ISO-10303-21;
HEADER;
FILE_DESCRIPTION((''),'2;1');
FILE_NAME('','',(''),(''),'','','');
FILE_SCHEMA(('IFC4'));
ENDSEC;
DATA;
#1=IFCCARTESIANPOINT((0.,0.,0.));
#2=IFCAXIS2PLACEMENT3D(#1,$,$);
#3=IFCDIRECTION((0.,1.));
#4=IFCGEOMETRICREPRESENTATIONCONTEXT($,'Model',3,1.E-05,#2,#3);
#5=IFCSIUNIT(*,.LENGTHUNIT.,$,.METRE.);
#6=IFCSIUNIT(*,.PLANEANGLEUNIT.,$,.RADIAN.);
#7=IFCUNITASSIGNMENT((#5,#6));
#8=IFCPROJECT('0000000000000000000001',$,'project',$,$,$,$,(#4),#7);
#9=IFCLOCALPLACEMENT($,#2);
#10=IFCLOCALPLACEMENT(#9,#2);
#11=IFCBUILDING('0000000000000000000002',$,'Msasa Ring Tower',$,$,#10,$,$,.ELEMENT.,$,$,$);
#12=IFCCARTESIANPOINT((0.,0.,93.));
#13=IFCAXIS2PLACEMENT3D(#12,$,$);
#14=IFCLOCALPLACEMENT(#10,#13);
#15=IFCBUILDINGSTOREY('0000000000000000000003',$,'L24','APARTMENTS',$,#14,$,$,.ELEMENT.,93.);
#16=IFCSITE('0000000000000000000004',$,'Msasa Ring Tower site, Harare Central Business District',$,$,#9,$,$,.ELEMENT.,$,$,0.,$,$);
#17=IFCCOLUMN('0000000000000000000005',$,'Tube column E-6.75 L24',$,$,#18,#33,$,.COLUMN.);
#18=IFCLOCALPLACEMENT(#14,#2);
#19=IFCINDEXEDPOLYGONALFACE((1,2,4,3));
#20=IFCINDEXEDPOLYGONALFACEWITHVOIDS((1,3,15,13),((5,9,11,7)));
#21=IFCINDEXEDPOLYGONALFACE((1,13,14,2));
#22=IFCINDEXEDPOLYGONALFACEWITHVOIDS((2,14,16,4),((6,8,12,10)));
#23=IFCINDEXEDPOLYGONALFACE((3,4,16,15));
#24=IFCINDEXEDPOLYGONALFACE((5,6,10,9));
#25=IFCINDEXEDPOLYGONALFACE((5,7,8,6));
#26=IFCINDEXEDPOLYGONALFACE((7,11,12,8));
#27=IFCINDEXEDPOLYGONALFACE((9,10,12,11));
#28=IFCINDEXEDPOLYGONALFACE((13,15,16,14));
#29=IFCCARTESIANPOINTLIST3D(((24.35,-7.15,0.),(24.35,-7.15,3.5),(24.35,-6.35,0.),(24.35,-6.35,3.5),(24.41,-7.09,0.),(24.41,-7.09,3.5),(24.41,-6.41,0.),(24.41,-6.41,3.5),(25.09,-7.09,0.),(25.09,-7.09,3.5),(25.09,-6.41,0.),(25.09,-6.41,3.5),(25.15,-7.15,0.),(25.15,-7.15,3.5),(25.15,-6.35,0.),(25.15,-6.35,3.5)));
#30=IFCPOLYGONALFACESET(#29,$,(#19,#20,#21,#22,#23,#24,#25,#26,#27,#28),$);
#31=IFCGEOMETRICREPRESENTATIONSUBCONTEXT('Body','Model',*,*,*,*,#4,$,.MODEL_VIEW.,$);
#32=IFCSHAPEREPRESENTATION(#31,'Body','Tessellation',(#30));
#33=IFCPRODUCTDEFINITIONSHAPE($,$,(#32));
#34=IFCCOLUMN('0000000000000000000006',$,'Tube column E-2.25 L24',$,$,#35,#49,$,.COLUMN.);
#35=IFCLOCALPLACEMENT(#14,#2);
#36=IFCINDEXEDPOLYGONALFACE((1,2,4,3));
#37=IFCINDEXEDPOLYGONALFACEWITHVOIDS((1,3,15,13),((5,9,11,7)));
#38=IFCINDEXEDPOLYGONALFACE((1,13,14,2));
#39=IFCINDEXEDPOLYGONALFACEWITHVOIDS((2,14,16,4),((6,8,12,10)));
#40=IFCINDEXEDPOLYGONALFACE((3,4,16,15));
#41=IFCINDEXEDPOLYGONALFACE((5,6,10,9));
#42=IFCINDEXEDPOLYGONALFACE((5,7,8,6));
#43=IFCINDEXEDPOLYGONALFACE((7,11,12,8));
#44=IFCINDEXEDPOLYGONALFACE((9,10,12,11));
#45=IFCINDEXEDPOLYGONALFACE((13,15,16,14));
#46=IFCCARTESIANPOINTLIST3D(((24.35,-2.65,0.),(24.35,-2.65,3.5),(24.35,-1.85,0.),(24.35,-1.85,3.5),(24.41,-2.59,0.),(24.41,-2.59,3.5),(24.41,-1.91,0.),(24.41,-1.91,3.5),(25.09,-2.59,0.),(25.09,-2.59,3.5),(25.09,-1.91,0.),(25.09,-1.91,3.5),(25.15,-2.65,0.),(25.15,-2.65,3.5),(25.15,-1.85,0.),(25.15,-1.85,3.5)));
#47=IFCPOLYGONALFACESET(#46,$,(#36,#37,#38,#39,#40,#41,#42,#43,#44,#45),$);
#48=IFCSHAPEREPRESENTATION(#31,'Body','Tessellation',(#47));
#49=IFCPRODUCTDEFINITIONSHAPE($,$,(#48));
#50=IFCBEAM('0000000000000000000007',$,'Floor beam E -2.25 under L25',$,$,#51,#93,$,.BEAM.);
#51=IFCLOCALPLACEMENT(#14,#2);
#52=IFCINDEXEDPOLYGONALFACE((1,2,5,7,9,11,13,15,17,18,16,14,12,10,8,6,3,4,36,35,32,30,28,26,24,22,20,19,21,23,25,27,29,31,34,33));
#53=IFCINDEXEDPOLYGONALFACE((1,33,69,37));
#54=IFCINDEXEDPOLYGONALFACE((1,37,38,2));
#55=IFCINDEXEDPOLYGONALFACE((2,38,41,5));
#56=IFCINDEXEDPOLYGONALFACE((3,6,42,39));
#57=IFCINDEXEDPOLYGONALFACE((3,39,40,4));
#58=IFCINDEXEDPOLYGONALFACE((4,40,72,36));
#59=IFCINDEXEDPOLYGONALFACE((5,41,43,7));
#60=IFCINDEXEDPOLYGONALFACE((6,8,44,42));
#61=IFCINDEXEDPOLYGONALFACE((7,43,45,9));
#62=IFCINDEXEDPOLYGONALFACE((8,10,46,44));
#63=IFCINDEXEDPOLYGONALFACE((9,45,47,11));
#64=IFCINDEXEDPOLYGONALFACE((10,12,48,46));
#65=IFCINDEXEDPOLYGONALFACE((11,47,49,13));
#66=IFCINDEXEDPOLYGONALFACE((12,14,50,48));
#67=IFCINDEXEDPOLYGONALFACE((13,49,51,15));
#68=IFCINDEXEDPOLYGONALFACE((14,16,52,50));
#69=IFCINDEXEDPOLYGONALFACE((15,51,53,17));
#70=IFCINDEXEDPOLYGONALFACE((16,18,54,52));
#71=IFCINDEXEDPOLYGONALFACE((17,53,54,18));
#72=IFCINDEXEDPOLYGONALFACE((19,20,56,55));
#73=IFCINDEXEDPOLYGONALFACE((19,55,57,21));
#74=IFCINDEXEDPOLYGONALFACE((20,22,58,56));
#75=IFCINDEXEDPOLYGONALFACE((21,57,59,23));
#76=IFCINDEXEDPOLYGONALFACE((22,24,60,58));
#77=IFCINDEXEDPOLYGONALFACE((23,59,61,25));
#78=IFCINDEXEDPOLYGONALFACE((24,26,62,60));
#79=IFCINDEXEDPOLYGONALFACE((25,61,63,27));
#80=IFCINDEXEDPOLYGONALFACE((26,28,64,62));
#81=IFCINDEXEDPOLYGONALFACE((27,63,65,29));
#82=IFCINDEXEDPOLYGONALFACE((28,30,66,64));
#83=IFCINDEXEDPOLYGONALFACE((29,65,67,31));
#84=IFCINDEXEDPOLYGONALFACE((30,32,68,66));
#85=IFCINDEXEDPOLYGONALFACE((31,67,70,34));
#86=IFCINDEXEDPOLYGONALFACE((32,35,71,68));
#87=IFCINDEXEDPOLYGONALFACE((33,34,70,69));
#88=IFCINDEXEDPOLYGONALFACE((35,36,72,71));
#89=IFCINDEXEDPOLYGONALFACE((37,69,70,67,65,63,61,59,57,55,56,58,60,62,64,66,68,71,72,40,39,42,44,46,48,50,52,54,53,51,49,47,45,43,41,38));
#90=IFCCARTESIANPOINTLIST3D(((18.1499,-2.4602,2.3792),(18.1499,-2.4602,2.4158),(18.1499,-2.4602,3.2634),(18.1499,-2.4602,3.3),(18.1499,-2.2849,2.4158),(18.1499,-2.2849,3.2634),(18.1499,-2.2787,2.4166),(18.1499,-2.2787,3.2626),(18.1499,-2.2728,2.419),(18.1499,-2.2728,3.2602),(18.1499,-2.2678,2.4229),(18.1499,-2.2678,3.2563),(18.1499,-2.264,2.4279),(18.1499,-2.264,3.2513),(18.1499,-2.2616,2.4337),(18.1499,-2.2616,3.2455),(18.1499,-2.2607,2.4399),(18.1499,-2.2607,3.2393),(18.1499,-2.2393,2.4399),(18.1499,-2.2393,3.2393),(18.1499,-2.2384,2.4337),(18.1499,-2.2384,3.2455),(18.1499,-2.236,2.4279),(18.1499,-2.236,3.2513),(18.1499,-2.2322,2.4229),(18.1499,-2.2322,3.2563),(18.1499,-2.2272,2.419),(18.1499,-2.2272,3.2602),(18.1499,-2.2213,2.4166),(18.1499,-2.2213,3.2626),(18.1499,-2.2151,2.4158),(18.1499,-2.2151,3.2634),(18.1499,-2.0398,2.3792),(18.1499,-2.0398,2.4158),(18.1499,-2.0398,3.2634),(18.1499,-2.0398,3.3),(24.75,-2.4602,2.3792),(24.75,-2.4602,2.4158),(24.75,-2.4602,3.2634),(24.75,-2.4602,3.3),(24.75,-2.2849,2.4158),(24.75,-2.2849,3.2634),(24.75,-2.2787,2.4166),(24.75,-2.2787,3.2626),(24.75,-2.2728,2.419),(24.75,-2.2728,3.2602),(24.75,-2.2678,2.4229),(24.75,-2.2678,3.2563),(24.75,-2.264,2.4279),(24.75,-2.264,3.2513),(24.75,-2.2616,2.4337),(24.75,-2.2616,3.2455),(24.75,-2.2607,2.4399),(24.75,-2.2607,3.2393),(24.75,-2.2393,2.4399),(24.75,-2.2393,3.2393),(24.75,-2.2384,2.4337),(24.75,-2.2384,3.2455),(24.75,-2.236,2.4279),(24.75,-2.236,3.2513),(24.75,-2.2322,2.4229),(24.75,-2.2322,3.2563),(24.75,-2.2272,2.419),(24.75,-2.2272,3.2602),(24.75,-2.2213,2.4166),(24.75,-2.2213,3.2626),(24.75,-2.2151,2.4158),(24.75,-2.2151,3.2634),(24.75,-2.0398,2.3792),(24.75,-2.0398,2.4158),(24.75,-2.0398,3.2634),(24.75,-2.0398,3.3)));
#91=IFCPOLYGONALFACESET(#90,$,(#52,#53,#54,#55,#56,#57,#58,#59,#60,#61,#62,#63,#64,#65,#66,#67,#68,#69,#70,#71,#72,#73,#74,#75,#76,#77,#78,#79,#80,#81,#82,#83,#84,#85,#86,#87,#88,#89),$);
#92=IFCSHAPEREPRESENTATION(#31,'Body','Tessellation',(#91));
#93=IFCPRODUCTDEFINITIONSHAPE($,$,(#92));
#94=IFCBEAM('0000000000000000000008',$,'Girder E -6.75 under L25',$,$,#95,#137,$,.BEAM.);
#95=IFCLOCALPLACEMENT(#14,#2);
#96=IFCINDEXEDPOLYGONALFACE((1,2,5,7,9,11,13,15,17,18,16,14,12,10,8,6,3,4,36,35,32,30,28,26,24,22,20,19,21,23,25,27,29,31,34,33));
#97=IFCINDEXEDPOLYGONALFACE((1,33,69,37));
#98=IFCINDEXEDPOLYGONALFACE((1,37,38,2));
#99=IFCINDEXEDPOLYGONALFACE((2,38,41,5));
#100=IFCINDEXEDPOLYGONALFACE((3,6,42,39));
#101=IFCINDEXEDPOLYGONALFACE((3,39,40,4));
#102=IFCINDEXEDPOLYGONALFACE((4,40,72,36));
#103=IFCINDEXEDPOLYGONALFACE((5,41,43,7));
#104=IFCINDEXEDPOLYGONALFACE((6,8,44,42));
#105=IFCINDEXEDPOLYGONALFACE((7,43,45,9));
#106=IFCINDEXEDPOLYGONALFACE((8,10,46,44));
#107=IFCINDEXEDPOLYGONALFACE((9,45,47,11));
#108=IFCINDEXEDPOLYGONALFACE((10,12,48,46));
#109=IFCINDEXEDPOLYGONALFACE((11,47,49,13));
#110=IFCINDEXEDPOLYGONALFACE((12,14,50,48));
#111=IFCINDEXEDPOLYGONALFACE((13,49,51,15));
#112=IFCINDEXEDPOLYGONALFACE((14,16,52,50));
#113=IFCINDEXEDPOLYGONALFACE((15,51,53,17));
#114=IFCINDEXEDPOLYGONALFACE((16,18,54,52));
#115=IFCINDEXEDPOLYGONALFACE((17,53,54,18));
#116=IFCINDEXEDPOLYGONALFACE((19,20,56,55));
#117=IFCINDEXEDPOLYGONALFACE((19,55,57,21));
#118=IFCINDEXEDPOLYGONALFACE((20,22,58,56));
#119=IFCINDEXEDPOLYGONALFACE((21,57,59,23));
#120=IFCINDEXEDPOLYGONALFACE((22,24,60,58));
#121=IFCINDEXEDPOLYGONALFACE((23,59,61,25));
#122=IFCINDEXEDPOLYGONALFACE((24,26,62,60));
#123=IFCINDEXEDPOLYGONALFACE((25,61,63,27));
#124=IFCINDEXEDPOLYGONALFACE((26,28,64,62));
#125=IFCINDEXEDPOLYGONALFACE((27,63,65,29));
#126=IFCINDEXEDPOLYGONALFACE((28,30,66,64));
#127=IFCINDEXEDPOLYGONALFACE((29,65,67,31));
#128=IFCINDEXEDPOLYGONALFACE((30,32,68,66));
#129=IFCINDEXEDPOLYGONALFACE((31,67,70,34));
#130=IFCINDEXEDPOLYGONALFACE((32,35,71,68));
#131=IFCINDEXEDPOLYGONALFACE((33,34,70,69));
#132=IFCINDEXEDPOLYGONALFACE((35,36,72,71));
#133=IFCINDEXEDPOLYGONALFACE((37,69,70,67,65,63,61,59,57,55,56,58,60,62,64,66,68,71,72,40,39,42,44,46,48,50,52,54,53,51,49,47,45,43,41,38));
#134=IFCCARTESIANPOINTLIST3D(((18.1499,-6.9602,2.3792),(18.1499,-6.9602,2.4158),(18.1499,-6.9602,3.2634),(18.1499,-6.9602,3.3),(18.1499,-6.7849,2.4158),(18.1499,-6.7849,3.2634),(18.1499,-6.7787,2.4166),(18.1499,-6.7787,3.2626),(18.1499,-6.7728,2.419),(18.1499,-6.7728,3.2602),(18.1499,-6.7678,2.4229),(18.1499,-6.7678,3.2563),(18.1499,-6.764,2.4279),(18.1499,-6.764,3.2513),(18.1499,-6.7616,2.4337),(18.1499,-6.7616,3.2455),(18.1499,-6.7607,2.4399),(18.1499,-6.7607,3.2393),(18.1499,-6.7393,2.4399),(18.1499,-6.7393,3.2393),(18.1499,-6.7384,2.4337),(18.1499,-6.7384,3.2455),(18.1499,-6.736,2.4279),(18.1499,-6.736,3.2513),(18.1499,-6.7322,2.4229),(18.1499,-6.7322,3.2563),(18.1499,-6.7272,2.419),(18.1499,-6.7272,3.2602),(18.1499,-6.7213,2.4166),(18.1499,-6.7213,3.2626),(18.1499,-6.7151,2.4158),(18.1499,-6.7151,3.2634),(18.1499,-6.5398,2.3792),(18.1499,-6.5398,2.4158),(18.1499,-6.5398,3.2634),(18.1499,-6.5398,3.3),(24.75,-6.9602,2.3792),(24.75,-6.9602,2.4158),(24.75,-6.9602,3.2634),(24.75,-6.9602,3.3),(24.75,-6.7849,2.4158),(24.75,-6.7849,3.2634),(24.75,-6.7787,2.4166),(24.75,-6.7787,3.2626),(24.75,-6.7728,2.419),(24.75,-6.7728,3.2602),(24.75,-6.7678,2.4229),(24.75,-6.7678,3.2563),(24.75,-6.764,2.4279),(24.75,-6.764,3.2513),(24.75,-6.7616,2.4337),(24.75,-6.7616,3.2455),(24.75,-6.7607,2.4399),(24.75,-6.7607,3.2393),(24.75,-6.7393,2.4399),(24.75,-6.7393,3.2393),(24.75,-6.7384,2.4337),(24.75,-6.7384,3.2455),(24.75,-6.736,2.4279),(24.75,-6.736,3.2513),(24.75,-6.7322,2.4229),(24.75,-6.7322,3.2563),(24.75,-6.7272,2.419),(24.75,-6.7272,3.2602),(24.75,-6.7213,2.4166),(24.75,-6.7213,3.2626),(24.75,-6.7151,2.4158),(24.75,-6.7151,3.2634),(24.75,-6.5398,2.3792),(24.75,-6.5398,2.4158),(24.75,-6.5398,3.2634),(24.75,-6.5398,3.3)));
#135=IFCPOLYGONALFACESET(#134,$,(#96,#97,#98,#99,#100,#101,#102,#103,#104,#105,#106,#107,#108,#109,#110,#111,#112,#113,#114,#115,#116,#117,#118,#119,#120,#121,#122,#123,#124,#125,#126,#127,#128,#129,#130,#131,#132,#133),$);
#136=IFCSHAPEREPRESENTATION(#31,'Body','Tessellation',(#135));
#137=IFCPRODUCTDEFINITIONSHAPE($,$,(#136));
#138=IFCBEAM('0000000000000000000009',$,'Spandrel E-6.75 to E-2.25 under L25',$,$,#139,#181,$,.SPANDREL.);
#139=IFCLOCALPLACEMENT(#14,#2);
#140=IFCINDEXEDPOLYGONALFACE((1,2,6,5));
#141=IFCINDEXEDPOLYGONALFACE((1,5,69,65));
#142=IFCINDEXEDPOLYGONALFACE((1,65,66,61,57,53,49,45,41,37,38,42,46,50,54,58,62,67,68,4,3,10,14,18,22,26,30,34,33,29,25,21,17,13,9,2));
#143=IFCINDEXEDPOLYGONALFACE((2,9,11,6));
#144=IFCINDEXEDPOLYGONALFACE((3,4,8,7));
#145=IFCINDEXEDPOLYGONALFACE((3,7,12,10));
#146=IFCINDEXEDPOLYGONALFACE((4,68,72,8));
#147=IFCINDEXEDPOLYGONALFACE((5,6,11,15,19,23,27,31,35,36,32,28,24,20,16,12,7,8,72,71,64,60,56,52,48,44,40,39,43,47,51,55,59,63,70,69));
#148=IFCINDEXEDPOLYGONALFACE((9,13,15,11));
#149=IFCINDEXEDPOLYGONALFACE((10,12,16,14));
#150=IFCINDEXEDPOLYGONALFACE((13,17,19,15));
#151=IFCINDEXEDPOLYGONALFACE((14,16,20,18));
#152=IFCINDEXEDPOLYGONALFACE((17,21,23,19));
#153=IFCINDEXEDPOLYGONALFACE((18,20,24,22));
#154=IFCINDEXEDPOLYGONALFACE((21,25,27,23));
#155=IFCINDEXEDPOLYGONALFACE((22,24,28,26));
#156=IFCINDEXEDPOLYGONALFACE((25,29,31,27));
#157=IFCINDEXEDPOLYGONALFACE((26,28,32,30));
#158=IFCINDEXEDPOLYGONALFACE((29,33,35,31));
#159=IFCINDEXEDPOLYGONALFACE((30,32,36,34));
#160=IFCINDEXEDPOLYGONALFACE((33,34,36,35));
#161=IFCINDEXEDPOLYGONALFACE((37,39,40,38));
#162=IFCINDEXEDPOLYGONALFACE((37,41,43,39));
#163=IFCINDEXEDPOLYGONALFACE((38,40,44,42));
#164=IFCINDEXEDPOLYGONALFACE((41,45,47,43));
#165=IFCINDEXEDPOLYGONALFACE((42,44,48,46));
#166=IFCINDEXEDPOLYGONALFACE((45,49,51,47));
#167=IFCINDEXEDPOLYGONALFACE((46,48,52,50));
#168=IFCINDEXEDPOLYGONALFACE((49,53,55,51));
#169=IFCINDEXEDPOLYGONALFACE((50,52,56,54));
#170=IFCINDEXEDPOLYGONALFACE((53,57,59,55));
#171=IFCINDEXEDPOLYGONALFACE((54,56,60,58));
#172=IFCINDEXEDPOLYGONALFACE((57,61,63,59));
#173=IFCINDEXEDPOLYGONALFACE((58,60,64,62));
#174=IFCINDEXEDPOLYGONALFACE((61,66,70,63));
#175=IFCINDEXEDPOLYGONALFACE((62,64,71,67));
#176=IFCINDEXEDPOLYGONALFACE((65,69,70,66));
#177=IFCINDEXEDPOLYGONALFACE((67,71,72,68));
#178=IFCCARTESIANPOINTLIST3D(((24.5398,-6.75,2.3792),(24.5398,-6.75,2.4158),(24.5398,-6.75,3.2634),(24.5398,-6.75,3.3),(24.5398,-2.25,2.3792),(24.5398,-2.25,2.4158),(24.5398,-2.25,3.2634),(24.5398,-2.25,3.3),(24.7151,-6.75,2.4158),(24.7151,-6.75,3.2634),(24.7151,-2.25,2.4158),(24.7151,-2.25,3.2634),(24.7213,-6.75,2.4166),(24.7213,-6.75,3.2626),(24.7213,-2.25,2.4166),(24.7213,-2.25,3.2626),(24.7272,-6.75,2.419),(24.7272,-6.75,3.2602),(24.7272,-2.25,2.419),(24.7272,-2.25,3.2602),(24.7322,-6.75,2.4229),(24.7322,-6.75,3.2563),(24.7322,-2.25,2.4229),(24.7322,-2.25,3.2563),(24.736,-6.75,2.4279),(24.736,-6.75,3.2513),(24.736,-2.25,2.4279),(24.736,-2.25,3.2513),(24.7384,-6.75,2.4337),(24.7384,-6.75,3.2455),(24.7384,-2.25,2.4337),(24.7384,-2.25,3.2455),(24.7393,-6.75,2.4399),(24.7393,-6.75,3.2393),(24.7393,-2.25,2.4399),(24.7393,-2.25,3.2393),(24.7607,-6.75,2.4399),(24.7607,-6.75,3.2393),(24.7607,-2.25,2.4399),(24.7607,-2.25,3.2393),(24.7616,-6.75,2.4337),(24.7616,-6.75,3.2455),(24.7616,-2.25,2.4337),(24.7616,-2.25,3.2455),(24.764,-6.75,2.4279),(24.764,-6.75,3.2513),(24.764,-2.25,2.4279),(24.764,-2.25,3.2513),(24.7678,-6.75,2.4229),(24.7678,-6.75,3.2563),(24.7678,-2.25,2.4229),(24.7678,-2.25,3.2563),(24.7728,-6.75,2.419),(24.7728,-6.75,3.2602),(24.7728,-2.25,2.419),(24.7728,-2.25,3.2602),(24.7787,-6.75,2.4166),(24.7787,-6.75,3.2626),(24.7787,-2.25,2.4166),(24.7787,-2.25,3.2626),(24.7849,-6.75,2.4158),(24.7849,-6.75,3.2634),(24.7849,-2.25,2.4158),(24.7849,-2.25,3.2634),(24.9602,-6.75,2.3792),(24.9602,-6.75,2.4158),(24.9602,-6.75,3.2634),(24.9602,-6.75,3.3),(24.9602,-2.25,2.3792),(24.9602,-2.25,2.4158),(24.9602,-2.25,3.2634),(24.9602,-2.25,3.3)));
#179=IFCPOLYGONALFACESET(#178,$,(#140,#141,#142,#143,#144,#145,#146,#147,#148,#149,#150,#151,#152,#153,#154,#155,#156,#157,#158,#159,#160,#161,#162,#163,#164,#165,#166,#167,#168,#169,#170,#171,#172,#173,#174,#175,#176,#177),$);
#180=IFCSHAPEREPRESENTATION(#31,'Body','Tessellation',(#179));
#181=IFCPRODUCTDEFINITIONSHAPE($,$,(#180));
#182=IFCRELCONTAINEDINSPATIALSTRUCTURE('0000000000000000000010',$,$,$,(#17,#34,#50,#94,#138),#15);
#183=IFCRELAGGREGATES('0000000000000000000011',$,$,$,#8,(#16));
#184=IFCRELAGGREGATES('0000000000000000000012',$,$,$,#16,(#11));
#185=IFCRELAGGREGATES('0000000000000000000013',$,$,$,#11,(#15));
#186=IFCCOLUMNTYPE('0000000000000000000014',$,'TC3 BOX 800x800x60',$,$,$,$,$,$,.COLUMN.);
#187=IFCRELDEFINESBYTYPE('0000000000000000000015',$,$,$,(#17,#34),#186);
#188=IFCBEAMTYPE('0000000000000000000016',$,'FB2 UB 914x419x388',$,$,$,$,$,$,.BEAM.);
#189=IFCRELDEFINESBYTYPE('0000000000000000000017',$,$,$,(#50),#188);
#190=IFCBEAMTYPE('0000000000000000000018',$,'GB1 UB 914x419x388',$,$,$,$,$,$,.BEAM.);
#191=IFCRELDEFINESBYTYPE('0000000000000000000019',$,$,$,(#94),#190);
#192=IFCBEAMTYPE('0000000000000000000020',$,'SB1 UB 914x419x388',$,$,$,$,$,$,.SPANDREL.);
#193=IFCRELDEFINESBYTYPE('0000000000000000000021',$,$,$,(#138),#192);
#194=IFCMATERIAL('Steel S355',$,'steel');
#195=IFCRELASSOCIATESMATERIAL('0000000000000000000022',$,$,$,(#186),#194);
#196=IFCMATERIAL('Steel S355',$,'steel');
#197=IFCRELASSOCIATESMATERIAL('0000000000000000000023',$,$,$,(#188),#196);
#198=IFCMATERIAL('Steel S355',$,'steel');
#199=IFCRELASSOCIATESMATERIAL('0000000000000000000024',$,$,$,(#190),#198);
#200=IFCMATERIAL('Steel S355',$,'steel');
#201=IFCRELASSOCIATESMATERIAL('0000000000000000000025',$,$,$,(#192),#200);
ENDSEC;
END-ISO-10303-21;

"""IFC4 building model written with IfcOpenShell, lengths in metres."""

from ifc_helpers import new_model, si_unit, direction, frame, origin, origin_2d, place, context, subcontext, project, spatial, hollow_rectangle, i_section, extrude, material, material_profile, profile_set, type_object, element, save


model = new_model("IFC4")

# Units and contexts
model_context = context("Model", 3, precision=1e-05, world=origin(), true_north=direction((0.0, 1.0)))
body_context = subcontext(model_context, "Body", "Model", "MODEL_VIEW")
ifc_project = project(units=[si_unit("LENGTHUNIT", "METRE"), si_unit("PLANEANGLEUNIT", "RADIAN")], contexts=[model_context])

# Site, building, storey
site_placement = place(None, origin())
site = spatial("IfcSite", under=ifc_project, at=site_placement, Name="Msasa Ring Tower site, Harare Central Business District", CompositionType="ELEMENT", RefElevation=0.0)
building_placement = place(site_placement, origin())
building = spatial("IfcBuilding", under=site, at=building_placement, Name="Msasa Ring Tower", CompositionType="ELEMENT")
storey_placement = place(building_placement, frame((0.0, 0.0, 93.0)))
storey = spatial("IfcBuildingStorey", under=building, at=storey_placement, Name="L24", Description="APARTMENTS", CompositionType="ELEMENT", Elevation=93.0)

# Columns
ifc_material_1 = material(Name="Steel S355", Category="steel")
ifc_material_profile_1 = material_profile(ifc_material_1, hollow_rectangle(XDim=0.8, YDim=0.8, WallThickness=0.0601, at=origin_2d()), Name="BOX 800x800x60")
ifc_profile_set_1 = profile_set([ifc_material_profile_1], Name="Steel S355")
column_type = type_object("IfcColumnType", Name="TC3 BOX 800x800x60", PredefinedType="COLUMN", material=ifc_profile_set_1)
for number, where, z_axis, x_axis, name in (
    (1, (24.75, -6.75, 0.0), (0.0, 0.0, 1.0), (1.0, 0.0, 0.0), "Tube column E-6.75 L24"),
    (2, (24.75, -2.25, 0.0), (0.0, 0.0, 1.0), (1.0, 0.0, 0.0), "Tube column E-2.25 L24"),
):
    element("IfcColumn", number, at=place(storey_placement, frame(where, z_axis=z_axis, x_axis=x_axis)), inside=storey, type_object=column_type, Name=name, PredefinedType="COLUMN", context=body_context, shape_type="SweptSolid", body=[
        extrude(hollow_rectangle(XDim=0.8, YDim=0.8, WallThickness=0.0601, at=origin_2d()), origin(), (0.0, 0.0, 1.0), 3.5),
    ])

# Beams
ifc_material_2 = material(Name="Steel S355", Category="steel")
ifc_material_profile_2 = material_profile(ifc_material_2, i_section(OverallWidth=0.4204, OverallDepth=0.9209, WebThickness=0.0215, FlangeThickness=0.0366, FilletRadius=0.0242, at=origin_2d()), Name="UB 914x419x388")
ifc_profile_set_2 = profile_set([ifc_material_profile_2], Name="Steel S355")
beam_type_1 = type_object("IfcBeamType", Name="FB2 UB 914x419x388", PredefinedType="BEAM", material=ifc_profile_set_2)
beam_1_placement = place(storey_placement, frame((24.75, -2.25, 2.8396), z_axis=(-1.0, 0.0, 0.0), x_axis=(0.0, -1.0, 0.0)))
element("IfcBeam", 3, at=beam_1_placement, inside=storey, type_object=beam_type_1, Name="Floor beam E -2.25 under L25", PredefinedType="BEAM", context=body_context, shape_type="SweptSolid", body=[
    extrude(i_section(OverallWidth=0.4204, OverallDepth=0.9209, WebThickness=0.0215, FlangeThickness=0.0366, FilletRadius=0.0242, at=origin_2d()), origin(), (0.0, 0.0, 1.0), 6.6001),
])
ifc_material_3 = material(Name="Steel S355", Category="steel")
ifc_material_profile_3 = material_profile(ifc_material_3, i_section(OverallWidth=0.4204, OverallDepth=0.9209, WebThickness=0.0215, FlangeThickness=0.0366, FilletRadius=0.0242, at=origin_2d()), Name="UB 914x419x388")
ifc_profile_set_3 = profile_set([ifc_material_profile_3], Name="Steel S355")
beam_type_2 = type_object("IfcBeamType", Name="GB1 UB 914x419x388", PredefinedType="BEAM", material=ifc_profile_set_3)
beam_2_placement = place(storey_placement, frame((18.1499, -6.75, 2.8396), z_axis=(1.0, 0.0, 0.0), x_axis=(0.0, 1.0, 0.0)))
element("IfcBeam", 4, at=beam_2_placement, inside=storey, type_object=beam_type_2, Name="Girder E -6.75 under L25", PredefinedType="BEAM", context=body_context, shape_type="SweptSolid", body=[
    extrude(i_section(OverallWidth=0.4204, OverallDepth=0.9209, WebThickness=0.0215, FlangeThickness=0.0366, FilletRadius=0.0242, at=origin_2d()), origin(), (0.0, 0.0, 1.0), 6.6001),
])
ifc_material_4 = material(Name="Steel S355", Category="steel")
ifc_material_profile_4 = material_profile(ifc_material_4, i_section(OverallWidth=0.4204, OverallDepth=0.9209, WebThickness=0.0215, FlangeThickness=0.0366, FilletRadius=0.0242, at=origin_2d()), Name="UB 914x419x388")
ifc_profile_set_4 = profile_set([ifc_material_profile_4], Name="Steel S355")
beam_type_3 = type_object("IfcBeamType", Name="SB1 UB 914x419x388", PredefinedType="SPANDREL", material=ifc_profile_set_4)
for number, where, z_axis, x_axis, name in (
    (5, (24.75, -6.75, 2.8396), (0.0, 1.0, 0.0), (-1.0, 0.0, 0.0), "Spandrel E-6.75 to E-2.25 under L25"),
):
    element("IfcBeam", number, at=place(storey_placement, frame(where, z_axis=z_axis, x_axis=x_axis)), inside=storey, type_object=beam_type_3, Name=name, PredefinedType="SPANDREL", context=body_context, shape_type="SweptSolid", body=[
        extrude(i_section(OverallWidth=0.4204, OverallDepth=0.9209, WebThickness=0.0215, FlangeThickness=0.0366, FilletRadius=0.0242, at=origin_2d()), origin(), (0.0, 0.0, 1.0), 4.5),
    ])

save(model, "model.ifc")
